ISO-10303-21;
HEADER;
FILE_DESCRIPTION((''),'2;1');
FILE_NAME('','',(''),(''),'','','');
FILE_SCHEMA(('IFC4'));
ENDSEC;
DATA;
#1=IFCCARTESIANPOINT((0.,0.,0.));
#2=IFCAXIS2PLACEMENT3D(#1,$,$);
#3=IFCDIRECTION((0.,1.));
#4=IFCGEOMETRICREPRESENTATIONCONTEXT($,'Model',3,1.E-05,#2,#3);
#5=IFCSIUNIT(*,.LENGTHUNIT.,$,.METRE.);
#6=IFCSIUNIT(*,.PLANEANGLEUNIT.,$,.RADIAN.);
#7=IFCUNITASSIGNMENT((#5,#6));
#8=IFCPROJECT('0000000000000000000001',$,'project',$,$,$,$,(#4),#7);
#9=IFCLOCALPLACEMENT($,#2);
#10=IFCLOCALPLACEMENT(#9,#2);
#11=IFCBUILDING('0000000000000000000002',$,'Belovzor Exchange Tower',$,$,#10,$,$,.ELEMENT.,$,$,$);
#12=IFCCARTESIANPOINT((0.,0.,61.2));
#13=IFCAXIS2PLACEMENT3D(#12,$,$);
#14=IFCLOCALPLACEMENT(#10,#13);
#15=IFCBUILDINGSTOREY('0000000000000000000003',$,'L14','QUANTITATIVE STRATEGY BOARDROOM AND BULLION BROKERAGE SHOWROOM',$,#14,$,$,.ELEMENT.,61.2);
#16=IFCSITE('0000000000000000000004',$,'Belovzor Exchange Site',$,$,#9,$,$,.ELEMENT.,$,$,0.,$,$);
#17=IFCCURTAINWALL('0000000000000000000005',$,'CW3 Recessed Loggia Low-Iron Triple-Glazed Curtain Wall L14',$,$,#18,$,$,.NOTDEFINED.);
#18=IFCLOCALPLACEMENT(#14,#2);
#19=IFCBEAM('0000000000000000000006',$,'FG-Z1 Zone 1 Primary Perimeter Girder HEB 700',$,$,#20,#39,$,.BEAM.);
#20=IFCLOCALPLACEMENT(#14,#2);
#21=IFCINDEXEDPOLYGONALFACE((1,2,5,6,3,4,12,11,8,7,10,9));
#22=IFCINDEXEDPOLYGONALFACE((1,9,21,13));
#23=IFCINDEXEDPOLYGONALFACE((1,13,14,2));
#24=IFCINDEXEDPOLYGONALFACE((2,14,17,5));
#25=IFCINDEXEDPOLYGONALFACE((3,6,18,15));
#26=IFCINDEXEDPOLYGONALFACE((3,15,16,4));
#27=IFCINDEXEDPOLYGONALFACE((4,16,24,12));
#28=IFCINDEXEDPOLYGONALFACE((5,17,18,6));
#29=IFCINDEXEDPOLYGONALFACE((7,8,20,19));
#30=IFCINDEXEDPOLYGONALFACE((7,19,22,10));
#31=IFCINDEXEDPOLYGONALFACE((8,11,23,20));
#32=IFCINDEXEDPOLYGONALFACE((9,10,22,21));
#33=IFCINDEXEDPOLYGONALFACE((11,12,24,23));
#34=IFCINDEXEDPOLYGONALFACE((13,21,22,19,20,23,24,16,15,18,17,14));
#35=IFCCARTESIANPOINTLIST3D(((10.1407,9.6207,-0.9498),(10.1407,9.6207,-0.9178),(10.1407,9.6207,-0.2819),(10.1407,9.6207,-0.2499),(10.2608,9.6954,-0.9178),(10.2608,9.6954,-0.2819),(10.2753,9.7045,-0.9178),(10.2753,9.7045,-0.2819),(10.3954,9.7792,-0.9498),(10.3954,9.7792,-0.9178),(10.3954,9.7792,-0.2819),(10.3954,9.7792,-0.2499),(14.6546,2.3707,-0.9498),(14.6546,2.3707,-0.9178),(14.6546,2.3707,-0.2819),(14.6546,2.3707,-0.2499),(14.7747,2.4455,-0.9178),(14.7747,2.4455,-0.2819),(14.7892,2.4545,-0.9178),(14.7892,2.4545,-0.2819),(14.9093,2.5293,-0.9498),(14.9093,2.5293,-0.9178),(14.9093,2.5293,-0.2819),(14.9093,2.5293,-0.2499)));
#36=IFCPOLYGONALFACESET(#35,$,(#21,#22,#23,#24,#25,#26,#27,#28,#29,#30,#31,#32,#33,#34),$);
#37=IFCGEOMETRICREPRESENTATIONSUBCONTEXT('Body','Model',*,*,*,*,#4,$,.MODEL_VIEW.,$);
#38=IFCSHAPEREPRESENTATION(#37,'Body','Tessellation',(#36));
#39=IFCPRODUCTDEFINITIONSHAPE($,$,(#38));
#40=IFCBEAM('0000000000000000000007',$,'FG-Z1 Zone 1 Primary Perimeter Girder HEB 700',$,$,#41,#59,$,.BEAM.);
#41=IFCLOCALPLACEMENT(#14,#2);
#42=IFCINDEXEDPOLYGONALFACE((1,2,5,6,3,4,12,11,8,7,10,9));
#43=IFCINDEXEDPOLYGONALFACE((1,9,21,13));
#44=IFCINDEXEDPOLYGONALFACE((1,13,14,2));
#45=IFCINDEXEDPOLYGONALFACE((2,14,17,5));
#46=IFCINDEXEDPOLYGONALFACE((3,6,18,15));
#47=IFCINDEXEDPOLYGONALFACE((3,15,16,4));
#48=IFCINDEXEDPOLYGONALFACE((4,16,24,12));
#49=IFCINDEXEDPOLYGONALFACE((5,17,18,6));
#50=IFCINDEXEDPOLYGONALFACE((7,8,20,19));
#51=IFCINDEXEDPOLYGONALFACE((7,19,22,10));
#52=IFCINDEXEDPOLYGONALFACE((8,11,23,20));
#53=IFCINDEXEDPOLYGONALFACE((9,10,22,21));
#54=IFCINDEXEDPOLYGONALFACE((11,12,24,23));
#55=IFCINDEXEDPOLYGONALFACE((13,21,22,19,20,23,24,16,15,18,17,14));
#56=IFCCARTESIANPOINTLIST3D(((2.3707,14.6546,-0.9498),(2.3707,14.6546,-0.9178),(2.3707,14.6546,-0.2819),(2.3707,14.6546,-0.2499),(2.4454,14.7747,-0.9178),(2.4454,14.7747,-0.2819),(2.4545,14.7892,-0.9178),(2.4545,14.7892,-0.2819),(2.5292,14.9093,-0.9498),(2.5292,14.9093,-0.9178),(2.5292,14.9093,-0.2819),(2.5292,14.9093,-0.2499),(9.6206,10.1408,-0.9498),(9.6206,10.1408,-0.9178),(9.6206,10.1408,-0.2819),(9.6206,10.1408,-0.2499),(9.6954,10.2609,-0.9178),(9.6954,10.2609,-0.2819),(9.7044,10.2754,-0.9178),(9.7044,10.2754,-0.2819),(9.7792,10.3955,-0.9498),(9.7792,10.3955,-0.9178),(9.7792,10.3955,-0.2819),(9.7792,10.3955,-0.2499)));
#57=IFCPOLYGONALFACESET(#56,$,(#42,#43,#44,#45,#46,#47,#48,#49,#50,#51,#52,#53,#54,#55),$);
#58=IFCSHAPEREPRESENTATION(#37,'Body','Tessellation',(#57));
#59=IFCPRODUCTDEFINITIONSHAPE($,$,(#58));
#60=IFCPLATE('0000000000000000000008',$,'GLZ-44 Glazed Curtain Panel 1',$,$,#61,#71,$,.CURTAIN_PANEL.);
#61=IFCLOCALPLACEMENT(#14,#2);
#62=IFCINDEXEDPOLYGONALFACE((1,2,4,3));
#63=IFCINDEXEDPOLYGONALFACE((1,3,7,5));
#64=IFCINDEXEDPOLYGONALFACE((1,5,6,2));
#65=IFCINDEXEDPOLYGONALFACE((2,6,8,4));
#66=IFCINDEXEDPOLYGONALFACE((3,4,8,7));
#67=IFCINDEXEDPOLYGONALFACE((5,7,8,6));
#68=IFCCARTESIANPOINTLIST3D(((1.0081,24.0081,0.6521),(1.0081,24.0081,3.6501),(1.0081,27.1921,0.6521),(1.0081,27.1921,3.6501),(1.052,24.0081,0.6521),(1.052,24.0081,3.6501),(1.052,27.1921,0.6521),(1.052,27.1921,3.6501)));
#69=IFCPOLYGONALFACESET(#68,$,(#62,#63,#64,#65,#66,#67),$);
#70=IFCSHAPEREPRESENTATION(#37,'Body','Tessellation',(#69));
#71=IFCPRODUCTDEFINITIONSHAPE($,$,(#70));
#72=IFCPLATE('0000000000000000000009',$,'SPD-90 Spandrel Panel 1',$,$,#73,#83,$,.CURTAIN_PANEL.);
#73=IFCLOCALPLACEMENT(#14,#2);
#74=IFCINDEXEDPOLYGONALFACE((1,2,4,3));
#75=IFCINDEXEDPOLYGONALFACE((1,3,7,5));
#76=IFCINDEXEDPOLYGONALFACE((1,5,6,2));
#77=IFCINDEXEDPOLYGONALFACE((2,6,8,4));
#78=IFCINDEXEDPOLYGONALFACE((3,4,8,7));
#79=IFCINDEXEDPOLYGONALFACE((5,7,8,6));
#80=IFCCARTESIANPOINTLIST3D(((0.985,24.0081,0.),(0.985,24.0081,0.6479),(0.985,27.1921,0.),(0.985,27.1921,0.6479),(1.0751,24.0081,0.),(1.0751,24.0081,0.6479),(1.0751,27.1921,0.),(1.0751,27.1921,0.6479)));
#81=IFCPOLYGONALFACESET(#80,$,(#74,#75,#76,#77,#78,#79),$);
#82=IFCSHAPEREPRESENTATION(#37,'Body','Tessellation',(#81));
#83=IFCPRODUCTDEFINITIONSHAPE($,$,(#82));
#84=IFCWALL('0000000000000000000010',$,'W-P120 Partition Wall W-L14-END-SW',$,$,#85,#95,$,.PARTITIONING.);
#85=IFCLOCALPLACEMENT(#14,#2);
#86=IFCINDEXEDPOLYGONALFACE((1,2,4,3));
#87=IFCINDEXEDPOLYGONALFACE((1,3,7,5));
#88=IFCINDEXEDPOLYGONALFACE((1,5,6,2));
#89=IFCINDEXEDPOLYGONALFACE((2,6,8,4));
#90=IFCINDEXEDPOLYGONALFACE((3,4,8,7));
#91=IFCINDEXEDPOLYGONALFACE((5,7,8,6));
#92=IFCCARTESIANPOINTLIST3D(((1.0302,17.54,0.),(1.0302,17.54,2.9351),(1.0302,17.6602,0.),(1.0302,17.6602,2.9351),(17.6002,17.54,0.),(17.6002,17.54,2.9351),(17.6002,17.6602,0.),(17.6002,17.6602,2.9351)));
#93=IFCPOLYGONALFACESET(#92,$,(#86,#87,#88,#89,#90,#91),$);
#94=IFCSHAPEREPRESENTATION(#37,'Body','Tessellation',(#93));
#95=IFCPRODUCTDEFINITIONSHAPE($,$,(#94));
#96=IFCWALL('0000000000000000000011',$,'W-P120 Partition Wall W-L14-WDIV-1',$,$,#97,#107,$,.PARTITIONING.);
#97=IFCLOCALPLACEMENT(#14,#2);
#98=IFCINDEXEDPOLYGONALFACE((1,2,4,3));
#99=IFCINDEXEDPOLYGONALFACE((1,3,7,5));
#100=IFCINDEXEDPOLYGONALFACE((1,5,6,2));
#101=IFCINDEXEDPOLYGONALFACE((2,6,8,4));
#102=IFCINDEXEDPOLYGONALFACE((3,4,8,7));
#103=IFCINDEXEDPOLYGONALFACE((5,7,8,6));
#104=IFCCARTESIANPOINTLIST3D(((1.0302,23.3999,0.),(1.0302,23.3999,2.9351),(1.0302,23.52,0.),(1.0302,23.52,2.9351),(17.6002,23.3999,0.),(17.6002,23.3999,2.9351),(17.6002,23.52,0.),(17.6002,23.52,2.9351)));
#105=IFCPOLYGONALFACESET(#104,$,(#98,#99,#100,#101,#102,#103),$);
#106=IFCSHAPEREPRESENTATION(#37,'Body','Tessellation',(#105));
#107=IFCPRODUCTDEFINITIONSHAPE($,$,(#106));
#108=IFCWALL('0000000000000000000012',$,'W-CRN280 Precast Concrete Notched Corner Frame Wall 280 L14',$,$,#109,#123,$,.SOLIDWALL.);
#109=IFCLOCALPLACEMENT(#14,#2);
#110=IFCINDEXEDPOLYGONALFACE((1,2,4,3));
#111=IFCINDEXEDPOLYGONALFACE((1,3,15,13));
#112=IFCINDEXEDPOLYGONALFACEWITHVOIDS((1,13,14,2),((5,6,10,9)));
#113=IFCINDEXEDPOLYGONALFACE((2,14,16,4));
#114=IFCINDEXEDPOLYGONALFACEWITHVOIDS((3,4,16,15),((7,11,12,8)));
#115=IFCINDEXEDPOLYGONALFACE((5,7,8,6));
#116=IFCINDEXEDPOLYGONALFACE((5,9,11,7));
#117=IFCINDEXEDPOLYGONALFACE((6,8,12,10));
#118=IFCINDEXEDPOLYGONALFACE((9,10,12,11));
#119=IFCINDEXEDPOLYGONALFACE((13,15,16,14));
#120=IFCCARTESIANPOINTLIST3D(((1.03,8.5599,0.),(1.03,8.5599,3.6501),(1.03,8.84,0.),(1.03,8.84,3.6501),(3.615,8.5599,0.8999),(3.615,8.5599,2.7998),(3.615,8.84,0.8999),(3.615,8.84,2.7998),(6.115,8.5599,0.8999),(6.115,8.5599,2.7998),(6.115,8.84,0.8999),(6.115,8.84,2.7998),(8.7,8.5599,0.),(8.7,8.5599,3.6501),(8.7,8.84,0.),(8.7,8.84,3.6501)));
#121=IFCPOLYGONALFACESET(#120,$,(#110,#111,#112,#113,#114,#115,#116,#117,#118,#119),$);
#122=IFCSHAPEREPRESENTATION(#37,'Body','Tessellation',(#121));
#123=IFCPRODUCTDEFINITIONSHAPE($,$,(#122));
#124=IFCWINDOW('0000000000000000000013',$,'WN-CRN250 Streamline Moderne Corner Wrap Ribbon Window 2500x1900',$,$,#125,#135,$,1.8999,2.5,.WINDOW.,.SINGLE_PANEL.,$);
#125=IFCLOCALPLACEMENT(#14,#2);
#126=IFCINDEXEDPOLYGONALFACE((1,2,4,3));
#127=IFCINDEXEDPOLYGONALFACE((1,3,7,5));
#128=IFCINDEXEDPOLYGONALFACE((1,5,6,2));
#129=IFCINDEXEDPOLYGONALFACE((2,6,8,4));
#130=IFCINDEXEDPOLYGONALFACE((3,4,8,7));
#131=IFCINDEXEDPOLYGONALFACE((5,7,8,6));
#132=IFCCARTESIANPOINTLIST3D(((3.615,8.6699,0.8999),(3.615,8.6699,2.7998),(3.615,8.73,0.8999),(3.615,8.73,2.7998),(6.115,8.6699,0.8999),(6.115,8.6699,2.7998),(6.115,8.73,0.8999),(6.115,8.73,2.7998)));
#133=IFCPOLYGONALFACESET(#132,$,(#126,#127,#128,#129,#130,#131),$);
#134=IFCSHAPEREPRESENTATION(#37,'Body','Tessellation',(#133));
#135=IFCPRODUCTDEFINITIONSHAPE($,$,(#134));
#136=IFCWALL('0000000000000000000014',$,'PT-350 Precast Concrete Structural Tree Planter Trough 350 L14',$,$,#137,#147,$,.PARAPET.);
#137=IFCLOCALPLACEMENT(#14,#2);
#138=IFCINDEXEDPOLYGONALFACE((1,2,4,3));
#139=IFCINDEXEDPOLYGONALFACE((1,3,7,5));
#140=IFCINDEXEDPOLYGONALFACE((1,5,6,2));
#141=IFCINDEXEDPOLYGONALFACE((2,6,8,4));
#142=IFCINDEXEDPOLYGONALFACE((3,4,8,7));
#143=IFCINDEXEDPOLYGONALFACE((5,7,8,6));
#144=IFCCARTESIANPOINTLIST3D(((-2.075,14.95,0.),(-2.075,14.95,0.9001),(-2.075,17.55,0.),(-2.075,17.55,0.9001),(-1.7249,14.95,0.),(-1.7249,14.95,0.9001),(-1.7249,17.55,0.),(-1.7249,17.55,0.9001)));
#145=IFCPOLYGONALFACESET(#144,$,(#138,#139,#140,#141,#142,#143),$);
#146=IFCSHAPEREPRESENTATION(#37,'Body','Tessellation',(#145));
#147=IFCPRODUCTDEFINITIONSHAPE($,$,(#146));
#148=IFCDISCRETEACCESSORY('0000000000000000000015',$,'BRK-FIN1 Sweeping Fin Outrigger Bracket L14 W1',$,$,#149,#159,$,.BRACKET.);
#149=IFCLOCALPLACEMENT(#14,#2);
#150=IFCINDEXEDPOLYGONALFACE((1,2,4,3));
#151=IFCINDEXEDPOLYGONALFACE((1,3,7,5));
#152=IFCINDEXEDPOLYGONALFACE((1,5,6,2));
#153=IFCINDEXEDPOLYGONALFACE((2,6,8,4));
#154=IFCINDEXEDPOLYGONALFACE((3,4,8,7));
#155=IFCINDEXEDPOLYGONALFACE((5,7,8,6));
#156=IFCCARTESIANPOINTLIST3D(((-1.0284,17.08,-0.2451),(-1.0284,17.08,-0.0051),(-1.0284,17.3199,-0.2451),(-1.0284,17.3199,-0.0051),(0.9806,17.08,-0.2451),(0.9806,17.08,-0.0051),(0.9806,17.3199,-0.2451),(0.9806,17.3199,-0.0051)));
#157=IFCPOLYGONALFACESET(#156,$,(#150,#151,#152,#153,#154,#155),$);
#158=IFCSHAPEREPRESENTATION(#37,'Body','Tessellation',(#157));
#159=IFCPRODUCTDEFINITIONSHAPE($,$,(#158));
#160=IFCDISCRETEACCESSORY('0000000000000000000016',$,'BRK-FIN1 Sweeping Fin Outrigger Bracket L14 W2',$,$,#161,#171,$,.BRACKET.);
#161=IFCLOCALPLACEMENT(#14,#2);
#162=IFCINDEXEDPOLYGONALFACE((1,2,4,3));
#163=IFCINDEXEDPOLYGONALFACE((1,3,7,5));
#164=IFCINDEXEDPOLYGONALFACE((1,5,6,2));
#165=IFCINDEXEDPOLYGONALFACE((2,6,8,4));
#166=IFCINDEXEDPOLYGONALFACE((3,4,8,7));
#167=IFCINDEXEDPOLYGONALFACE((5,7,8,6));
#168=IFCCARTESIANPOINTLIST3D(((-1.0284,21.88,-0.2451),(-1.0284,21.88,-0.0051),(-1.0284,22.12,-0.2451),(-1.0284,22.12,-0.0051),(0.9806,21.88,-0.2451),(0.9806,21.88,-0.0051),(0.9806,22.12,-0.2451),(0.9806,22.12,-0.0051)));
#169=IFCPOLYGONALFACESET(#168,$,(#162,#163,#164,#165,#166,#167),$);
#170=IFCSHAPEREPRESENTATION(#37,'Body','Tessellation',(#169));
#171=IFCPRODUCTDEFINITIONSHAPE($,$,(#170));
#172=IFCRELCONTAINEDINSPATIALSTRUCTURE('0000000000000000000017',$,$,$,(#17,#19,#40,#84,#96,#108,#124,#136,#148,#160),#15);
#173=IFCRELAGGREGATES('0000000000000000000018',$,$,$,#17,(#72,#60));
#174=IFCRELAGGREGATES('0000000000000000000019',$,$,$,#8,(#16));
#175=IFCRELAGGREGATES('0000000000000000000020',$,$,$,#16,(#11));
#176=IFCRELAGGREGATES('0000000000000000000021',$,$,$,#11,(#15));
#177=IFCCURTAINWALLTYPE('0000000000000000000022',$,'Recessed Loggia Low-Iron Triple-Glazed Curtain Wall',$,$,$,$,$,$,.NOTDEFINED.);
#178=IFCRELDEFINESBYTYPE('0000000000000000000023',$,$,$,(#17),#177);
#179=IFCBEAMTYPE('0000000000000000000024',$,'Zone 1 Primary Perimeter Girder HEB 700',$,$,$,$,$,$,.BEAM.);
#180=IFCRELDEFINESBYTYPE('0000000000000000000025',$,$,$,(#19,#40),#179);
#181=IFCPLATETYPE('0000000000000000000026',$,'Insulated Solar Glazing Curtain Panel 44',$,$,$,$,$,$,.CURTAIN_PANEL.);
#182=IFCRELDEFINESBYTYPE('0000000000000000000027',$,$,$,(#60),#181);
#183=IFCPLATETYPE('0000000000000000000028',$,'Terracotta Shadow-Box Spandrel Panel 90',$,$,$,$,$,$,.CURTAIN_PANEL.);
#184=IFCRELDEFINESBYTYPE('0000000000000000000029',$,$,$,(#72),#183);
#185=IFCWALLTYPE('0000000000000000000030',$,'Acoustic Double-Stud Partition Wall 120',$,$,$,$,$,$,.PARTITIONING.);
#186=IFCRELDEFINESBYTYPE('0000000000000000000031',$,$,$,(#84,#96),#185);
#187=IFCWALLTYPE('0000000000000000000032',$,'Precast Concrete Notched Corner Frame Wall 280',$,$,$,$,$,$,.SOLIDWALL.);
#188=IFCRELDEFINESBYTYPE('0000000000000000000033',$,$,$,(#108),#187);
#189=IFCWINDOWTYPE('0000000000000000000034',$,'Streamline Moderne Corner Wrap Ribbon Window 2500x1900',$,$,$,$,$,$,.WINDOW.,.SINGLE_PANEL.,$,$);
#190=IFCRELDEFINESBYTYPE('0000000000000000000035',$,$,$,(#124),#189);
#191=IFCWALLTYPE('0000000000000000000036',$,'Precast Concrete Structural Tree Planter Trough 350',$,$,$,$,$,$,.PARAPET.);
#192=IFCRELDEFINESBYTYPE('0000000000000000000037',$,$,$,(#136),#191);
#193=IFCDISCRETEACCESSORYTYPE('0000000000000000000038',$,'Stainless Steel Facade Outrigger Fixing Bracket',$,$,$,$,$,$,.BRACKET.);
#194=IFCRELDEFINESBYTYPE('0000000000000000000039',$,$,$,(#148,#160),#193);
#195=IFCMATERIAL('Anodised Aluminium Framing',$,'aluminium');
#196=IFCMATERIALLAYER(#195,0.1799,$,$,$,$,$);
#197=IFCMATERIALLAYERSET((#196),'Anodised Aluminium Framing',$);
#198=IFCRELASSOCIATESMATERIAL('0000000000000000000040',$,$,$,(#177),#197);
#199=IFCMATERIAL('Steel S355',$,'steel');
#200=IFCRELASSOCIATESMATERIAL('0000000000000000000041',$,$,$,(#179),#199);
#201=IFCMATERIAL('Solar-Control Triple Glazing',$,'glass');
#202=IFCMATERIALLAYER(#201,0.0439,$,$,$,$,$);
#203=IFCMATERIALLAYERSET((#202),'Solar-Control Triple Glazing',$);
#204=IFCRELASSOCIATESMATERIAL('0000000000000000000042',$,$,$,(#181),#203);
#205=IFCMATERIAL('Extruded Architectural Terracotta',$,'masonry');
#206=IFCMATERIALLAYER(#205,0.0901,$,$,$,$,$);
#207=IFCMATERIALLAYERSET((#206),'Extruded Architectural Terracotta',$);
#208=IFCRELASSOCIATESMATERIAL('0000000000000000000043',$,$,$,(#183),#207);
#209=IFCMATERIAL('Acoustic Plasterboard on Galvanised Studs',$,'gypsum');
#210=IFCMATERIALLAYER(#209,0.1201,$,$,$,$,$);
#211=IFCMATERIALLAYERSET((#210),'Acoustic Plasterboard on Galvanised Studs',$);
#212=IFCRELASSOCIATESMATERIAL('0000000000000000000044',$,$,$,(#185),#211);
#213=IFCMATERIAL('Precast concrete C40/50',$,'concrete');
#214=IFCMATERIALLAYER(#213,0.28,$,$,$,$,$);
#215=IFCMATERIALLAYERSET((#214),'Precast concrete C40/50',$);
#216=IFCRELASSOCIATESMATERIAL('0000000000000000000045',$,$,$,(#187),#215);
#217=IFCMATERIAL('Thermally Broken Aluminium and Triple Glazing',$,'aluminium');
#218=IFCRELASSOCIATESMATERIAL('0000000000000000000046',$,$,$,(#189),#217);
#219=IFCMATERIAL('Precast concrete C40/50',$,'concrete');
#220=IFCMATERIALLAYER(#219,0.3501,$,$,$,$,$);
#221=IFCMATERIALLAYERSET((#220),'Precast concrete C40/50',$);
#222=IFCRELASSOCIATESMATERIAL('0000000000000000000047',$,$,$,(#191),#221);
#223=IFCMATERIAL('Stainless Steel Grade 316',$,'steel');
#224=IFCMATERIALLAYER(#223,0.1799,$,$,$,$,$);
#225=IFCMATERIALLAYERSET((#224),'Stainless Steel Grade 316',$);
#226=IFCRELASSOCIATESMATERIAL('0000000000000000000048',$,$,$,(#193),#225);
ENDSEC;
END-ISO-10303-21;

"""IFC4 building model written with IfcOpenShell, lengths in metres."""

from ifc_helpers import new_model, si_unit, direction, frame, frame_2d, origin, origin_2d, place, context, subcontext, project, spatial, rectangle, i_section, extrude, material, layer, layer_set, material_profile, profile_set, type_object, element, fill, aggregate, save


model = new_model("IFC4")

# Units and contexts
model_context = context("Model", 3, precision=1e-05, world=origin(), true_north=direction((0.0, 1.0)))
body_context = subcontext(model_context, "Body", "Model", "MODEL_VIEW")
ifc_project = project(units=[si_unit("LENGTHUNIT", "METRE"), si_unit("PLANEANGLEUNIT", "RADIAN")], contexts=[model_context])

# Site, building, storey
site_placement = place(None, origin())
site = spatial("IfcSite", under=ifc_project, at=site_placement, Name="Belovzor Exchange Site", CompositionType="ELEMENT", RefElevation=0.0)
building_placement = place(site_placement, origin())
building = spatial("IfcBuilding", under=site, at=building_placement, Name="Belovzor Exchange Tower", CompositionType="ELEMENT")
storey_placement = place(building_placement, frame((0.0, 0.0, 61.2)))
storey = spatial("IfcBuildingStorey", under=building, at=storey_placement, Name="L14", Description="QUANTITATIVE STRATEGY BOARDROOM AND BULLION BROKERAGE SHOWROOM", CompositionType="ELEMENT", Elevation=61.2)

# Curtain wall
ifc_material_1 = material(Name="Anodised Aluminium Framing", Category="aluminium")
ifc_layer_1 = layer(ifc_material_1, 0.1799)
ifc_layer_set_1 = layer_set([ifc_layer_1], Name="Anodised Aluminium Framing")
curtain_wall_type = type_object("IfcCurtainWallType", Name="Recessed Loggia Low-Iron Triple-Glazed Curtain Wall", PredefinedType="NOTDEFINED", material=ifc_layer_set_1)
curtain_wall_placement = place(storey_placement, origin())
curtain_wall = element("IfcCurtainWall", 1, at=curtain_wall_placement, inside=storey, type_object=curtain_wall_type, Name="CW3 Recessed Loggia Low-Iron Triple-Glazed Curtain Wall L14", PredefinedType="NOTDEFINED")

# Beams
ifc_material_2 = material(Name="Steel S355", Category="steel")
ifc_material_profile_1 = material_profile(ifc_material_2, i_section(OverallWidth=0.3, OverallDepth=0.7, WebThickness=0.0171, FlangeThickness=0.032, at=origin_2d()))
ifc_profile_set_1 = profile_set([ifc_material_profile_1], Name="Steel S355")
beam_type_1 = type_object("IfcBeamType", Name="Zone 1 Primary Perimeter Girder HEB 700", PredefinedType="BEAM", material=ifc_profile_set_1)
for number, where, z_axis, x_axis, name in (
    (2, (10.2681, 9.7, -0.5999), (0.528539, -0.848909, 0.0), (0.848909, 0.528539, 0.0), "FG-Z1 Zone 1 Primary Perimeter Girder HEB 700"),
    (3, (2.45, 14.782, -0.5999), (0.848909, -0.528539, 0.0), (0.528539, 0.848909, 0.0), "FG-Z1 Zone 1 Primary Perimeter Girder HEB 700"),
):
    element("IfcBeam", number, at=place(storey_placement, frame(where, z_axis=z_axis, x_axis=x_axis)), inside=storey, type_object=beam_type_1, Name=name, PredefinedType="BEAM", context=body_context, shape_type="SweptSolid", body=[
        extrude(i_section(OverallWidth=0.3, OverallDepth=0.7, WebThickness=0.0171, FlangeThickness=0.032, at=origin_2d()), origin(), (0.0, 0.0, 1.0), 8.5403),
    ])

# Plates
ifc_material_3 = material(Name="Solar-Control Triple Glazing", Category="glass")
ifc_layer_2 = layer(ifc_material_3, 0.0439)
ifc_layer_set_2 = layer_set([ifc_layer_2], Name="Solar-Control Triple Glazing")
plate_type_1 = type_object("IfcPlateType", Name="Insulated Solar Glazing Curtain Panel 44", PredefinedType="CURTAIN_PANEL", material=ifc_layer_set_2)
plate_1_placement = place(storey_placement, frame((1.03, 25.6001, 0.6521), z_axis=(0.0, 0.0, 1.0), x_axis=(0.0, 1.0, 0.0)))
plate_1 = element("IfcPlate", 4, at=plate_1_placement, type_object=plate_type_1, Name="GLZ-44 Glazed Curtain Panel 1", PredefinedType="CURTAIN_PANEL", context=body_context, shape_type="SweptSolid", body=[
    extrude(rectangle(XDim=3.1841, YDim=0.0439, at=origin_2d()), origin(), (0.0, 0.0, 1.0), 2.998),
])
ifc_material_4 = material(Name="Extruded Architectural Terracotta", Category="masonry")
ifc_layer_3 = layer(ifc_material_4, 0.0901)
ifc_layer_set_3 = layer_set([ifc_layer_3], Name="Extruded Architectural Terracotta")
plate_type_2 = type_object("IfcPlateType", Name="Terracotta Shadow-Box Spandrel Panel 90", PredefinedType="CURTAIN_PANEL", material=ifc_layer_set_3)
plate_2_placement = place(storey_placement, frame((1.03, 25.6001, 0.0), z_axis=(0.0, 0.0, 1.0), x_axis=(0.0, 1.0, 0.0)))
plate_2 = element("IfcPlate", 5, at=plate_2_placement, type_object=plate_type_2, Name="SPD-90 Spandrel Panel 1", PredefinedType="CURTAIN_PANEL", context=body_context, shape_type="SweptSolid", body=[
    extrude(rectangle(XDim=3.1841, YDim=0.0901, at=origin_2d()), origin(), (0.0, 0.0, 1.0), 0.6479),
])
aggregate(curtain_wall, [plate_2, plate_1])

# Walls
ifc_material_5 = material(Name="Acoustic Plasterboard on Galvanised Studs", Category="gypsum")
ifc_layer_4 = layer(ifc_material_5, 0.1201)
ifc_layer_set_4 = layer_set([ifc_layer_4], Name="Acoustic Plasterboard on Galvanised Studs")
wall_type_1 = type_object("IfcWallType", Name="Acoustic Double-Stud Partition Wall 120", PredefinedType="PARTITIONING", material=ifc_layer_set_4)
for number, where, z_axis, x_axis, name in (
    (6, (1.03, 17.6001, 0.0), (0.0, 0.0, 1.0), (1.0, 0.0, 0.0), "W-P120 Partition Wall W-L14-END-SW"),
    (7, (1.03, 23.46, 0.0), (0.0, 0.0, 1.0), (1.0, 0.0, 0.0), "W-P120 Partition Wall W-L14-WDIV-1"),
):
    element("IfcWall", number, at=place(storey_placement, frame(where, z_axis=z_axis, x_axis=x_axis)), inside=storey, type_object=wall_type_1, Name=name, PredefinedType="PARTITIONING", context=body_context, shape_type="SweptSolid", body=[
        extrude(rectangle(XDim=16.5701, YDim=0.1201, at=frame_2d((8.2852, 0.0))), origin(), (0.0, 0.0, 1.0), 2.9351),
    ])

# Wall, opening, window
ifc_material_6 = material(Name="Precast concrete C40/50", Category="concrete")
ifc_layer_5 = layer(ifc_material_6, 0.28)
ifc_layer_set_5 = layer_set([ifc_layer_5], Name="Precast concrete C40/50")
wall_type_2 = type_object("IfcWallType", Name="Precast Concrete Notched Corner Frame Wall 280", PredefinedType="SOLIDWALL", material=ifc_layer_set_5)
wall_1_placement = place(storey_placement, frame((8.7, 8.7, 0.0), z_axis=(0.0, 0.0, 1.0), x_axis=(-1.0, 0.0, 0.0)))
wall_1 = element("IfcWall", 8, at=wall_1_placement, inside=storey, type_object=wall_type_2, Name="W-CRN280 Precast Concrete Notched Corner Frame Wall 280 L14", PredefinedType="SOLIDWALL", context=body_context, shape_type="SweptSolid", body=[
    extrude(rectangle(XDim=7.6699, YDim=0.28, at=frame_2d((3.835, 0.0))), origin(), (0.0, 0.0, 1.0), 3.6501),
])
opening_placement = place(wall_1_placement, frame((2.585, 0.0, 0.8999)))
opening = element("IfcOpeningElement", 9, at=opening_placement, cuts=wall_1, PredefinedType="OPENING", context=body_context, shape_type="SweptSolid", body=[
    extrude(rectangle(XDim=2.5, YDim=1.8999, at=frame_2d((1.25, 0.95))), frame((0.0, 0.1499, 0.0), z_axis=(0.0, -1.0, 0.0), x_axis=(1.0, 0.0, 0.0)), (0.0, 0.0, 1.0), 0.3),
])
ifc_material_7 = material(Name="Thermally Broken Aluminium and Triple Glazing", Category="aluminium")
window_type = type_object("IfcWindowType", Name="Streamline Moderne Corner Wrap Ribbon Window 2500x1900", PartitioningType="SINGLE_PANEL", PredefinedType="WINDOW", material=ifc_material_7)
window_placement = place(opening_placement, origin())
window = element("IfcWindow", 10, at=window_placement, inside=storey, type_object=window_type, Name="WN-CRN250 Streamline Moderne Corner Wrap Ribbon Window 2500x1900", OverallHeight=1.8999, OverallWidth=2.5, PartitioningType="SINGLE_PANEL", PredefinedType="WINDOW", context=body_context, shape_type="SweptSolid", body=[
    extrude(rectangle(XDim=2.5, YDim=1.8999, at=frame_2d((1.25, 0.95))), frame((0.0, 0.03, 0.0), z_axis=(0.0, -1.0, 0.0), x_axis=(1.0, 0.0, 0.0)), (0.0, 0.0, 1.0), 0.0601),
])
fill(opening, window)

# Wall
ifc_material_8 = material(Name="Precast concrete C40/50", Category="concrete")
ifc_layer_6 = layer(ifc_material_8, 0.3501)
ifc_layer_set_6 = layer_set([ifc_layer_6], Name="Precast concrete C40/50")
wall_type_3 = type_object("IfcWallType", Name="Precast Concrete Structural Tree Planter Trough 350", PredefinedType="PARAPET", material=ifc_layer_set_6)
wall_2_placement = place(storey_placement, frame((-1.8999, 14.95, 0.0), z_axis=(0.0, 0.0, 1.0), x_axis=(0.0, 1.0, 0.0)))
element("IfcWall", 11, at=wall_2_placement, inside=storey, type_object=wall_type_3, Name="PT-350 Precast Concrete Structural Tree Planter Trough 350 L14", PredefinedType="PARAPET", context=body_context, shape_type="SweptSolid", body=[
    extrude(rectangle(XDim=2.6001, YDim=0.3501, at=frame_2d((1.3, 0.0))), origin(), (0.0, 0.0, 1.0), 0.9001),
])

# Discrete accessories
ifc_material_9 = material(Name="Stainless Steel Grade 316", Category="steel")
ifc_layer_7 = layer(ifc_material_9, 0.1799)
ifc_layer_set_7 = layer_set([ifc_layer_7], Name="Stainless Steel Grade 316")
discrete_accessory_type = type_object("IfcDiscreteAccessoryType", Name="Stainless Steel Facade Outrigger Fixing Bracket", PredefinedType="BRACKET", material=ifc_layer_set_7)
for number, where, z_axis, x_axis, name in (
    (12, (-0.0239, 17.2, -0.2451), (0.0, 0.0, 1.0), (1.0, 0.0, 0.0), "BRK-FIN1 Sweeping Fin Outrigger Bracket L14 W1"),
    (13, (-0.0239, 22.0, -0.2451), (0.0, 0.0, 1.0), (1.0, 0.0, 0.0), "BRK-FIN1 Sweeping Fin Outrigger Bracket L14 W2"),
):
    element("IfcDiscreteAccessory", number, at=place(storey_placement, frame(where, z_axis=z_axis, x_axis=x_axis)), inside=storey, type_object=discrete_accessory_type, Name=name, PredefinedType="BRACKET", context=body_context, shape_type="SweptSolid", body=[
        extrude(rectangle(XDim=2.009, YDim=0.24, at=origin_2d()), origin(), (0.0, 0.0, 1.0), 0.24),
    ])

save(model, "model.ifc")
